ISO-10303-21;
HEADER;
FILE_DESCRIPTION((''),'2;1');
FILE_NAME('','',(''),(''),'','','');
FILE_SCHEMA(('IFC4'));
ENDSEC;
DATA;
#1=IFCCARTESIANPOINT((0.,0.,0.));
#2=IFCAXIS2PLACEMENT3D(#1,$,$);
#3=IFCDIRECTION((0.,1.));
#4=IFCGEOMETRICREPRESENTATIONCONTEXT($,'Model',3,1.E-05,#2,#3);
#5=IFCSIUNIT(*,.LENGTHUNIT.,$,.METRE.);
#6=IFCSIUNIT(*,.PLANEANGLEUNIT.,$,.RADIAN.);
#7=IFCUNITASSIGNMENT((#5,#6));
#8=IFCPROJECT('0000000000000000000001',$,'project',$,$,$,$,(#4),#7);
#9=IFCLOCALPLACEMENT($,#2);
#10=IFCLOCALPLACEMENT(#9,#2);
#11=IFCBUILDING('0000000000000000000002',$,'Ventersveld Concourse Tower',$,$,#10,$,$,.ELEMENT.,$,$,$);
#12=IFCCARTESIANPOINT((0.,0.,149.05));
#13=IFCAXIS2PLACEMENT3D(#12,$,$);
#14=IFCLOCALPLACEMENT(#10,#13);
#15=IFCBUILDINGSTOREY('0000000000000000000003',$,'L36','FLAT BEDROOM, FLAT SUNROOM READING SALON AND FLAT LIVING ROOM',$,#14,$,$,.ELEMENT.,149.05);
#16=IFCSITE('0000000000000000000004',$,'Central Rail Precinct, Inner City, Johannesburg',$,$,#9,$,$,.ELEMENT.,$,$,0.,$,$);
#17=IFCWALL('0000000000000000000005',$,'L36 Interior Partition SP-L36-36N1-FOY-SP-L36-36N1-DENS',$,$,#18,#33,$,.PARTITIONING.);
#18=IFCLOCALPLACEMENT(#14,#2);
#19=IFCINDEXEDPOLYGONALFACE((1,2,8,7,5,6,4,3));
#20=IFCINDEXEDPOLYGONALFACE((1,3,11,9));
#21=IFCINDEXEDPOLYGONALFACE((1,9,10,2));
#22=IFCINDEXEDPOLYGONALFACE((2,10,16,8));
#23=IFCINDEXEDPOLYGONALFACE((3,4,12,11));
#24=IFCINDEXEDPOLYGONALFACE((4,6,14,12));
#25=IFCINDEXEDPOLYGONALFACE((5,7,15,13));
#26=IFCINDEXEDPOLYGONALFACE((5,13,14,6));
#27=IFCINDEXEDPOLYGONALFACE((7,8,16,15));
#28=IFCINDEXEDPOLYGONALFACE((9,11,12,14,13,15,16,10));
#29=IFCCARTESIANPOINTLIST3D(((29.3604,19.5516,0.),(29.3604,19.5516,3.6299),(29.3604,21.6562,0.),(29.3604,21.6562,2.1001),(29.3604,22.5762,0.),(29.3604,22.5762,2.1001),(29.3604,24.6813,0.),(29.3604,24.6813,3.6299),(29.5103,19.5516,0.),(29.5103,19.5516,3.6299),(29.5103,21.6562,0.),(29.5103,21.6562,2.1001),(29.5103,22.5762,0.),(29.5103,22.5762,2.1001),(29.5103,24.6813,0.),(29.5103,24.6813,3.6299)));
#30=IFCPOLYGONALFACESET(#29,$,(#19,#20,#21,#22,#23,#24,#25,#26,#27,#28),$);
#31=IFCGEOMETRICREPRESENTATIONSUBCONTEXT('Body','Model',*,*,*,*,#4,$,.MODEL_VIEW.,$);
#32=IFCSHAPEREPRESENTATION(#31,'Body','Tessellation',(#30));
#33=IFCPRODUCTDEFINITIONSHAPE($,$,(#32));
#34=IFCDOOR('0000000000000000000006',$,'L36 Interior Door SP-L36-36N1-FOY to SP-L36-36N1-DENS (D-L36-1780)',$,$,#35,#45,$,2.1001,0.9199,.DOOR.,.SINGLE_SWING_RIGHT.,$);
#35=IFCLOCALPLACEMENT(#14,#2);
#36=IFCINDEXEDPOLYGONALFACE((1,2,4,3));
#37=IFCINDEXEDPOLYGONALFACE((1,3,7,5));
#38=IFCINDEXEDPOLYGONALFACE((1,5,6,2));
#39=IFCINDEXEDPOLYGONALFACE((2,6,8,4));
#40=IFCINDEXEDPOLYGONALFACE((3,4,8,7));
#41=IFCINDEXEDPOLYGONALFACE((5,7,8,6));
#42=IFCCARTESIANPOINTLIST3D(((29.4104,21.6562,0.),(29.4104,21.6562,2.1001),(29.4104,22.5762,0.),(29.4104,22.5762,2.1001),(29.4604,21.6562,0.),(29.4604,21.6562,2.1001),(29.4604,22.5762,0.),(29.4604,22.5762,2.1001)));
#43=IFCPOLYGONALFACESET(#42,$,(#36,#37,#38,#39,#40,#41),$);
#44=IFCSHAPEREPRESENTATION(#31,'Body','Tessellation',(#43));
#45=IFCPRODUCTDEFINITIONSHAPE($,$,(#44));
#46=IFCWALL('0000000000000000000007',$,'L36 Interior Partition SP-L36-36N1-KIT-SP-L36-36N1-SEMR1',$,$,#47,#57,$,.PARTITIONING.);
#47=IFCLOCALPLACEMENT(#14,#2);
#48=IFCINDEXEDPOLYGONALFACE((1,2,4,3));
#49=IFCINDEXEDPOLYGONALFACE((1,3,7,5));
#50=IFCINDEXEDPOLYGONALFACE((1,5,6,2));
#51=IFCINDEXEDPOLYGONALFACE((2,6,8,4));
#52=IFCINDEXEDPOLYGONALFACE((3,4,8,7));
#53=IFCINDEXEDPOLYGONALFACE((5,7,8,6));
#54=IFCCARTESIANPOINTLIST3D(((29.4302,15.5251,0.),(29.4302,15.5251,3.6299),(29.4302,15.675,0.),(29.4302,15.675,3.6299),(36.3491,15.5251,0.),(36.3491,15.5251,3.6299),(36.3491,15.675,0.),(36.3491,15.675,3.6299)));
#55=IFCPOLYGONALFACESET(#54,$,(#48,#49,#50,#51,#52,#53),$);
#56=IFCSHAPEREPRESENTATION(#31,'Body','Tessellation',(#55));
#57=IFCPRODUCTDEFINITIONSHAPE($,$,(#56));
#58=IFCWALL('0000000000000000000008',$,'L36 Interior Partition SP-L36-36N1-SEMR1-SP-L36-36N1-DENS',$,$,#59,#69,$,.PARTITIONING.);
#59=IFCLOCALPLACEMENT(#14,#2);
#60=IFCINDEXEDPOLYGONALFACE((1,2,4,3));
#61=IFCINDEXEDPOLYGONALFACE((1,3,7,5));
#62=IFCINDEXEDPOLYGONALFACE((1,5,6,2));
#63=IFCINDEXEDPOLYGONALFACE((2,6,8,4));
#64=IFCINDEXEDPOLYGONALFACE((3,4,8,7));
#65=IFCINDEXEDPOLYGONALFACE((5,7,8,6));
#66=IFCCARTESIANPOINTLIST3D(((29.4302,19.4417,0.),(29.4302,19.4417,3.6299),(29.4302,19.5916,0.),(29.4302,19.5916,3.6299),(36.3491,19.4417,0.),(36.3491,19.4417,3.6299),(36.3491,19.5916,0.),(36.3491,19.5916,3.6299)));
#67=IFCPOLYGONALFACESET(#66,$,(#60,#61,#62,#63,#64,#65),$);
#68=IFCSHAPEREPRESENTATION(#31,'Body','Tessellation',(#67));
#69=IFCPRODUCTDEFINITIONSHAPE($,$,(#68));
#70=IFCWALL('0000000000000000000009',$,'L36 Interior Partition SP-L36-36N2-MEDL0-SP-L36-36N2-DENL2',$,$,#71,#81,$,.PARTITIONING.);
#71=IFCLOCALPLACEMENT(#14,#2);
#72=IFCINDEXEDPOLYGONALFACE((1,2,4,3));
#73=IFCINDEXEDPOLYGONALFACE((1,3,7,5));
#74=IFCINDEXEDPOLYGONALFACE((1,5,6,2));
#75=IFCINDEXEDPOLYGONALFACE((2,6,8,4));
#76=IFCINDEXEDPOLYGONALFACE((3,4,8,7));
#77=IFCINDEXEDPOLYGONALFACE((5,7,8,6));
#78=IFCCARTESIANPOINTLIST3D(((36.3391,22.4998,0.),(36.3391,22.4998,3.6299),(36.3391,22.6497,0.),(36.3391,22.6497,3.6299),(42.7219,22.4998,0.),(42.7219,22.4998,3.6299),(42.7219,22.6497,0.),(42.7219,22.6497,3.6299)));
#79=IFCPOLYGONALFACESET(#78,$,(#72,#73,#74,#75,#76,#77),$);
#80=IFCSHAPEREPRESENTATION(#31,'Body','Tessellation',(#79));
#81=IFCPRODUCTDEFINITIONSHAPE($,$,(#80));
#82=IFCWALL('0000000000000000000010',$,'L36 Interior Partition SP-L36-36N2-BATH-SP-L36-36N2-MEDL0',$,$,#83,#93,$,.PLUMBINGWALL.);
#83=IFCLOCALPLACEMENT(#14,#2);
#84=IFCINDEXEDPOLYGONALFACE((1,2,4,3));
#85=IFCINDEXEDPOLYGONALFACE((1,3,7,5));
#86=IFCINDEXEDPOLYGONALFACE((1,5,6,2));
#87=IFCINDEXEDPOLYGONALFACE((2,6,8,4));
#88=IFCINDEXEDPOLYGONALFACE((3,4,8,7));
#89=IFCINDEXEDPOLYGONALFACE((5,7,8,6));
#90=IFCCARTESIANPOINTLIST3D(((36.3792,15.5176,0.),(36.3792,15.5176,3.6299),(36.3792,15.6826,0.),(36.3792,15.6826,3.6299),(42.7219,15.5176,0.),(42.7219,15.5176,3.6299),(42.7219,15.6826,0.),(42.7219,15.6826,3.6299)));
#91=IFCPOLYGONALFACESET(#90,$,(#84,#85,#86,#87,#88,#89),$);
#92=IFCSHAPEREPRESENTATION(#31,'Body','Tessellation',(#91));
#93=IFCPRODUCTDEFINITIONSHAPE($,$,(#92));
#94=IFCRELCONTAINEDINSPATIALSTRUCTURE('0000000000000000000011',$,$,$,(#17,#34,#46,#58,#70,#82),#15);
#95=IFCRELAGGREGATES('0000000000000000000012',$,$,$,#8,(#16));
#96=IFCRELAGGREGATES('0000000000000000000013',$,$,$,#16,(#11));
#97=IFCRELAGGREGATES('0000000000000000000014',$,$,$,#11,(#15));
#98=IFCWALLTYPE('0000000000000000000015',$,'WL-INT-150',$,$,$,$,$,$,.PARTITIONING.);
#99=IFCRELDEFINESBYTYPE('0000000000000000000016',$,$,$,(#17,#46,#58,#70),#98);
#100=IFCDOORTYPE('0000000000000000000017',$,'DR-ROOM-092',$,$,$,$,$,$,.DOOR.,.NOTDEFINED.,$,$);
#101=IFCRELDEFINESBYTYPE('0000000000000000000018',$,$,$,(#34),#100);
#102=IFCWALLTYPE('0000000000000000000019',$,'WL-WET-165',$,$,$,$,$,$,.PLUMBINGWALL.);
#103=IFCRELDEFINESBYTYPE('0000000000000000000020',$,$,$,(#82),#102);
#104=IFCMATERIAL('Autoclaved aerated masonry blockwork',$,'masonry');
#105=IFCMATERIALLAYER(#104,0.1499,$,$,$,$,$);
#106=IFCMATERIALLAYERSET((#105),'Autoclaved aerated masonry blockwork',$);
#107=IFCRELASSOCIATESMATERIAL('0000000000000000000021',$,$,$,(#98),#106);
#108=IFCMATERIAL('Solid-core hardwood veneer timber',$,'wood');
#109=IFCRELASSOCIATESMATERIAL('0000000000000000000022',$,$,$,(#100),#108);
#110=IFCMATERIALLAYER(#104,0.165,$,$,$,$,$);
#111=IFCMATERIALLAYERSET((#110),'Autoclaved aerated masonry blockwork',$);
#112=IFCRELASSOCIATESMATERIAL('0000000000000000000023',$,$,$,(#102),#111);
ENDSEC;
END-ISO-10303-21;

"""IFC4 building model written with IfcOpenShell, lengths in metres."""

from ifc_helpers import new_model, si_unit, direction, frame, frame_2d, origin, place, context, subcontext, project, spatial, rectangle, extrude, material, layer, layer_set, type_object, element, fill, save


model = new_model("IFC4")

# Units and contexts
model_context = context("Model", 3, precision=1e-05, world=origin(), true_north=direction((0.0, 1.0)))
body_context = subcontext(model_context, "Body", "Model", "MODEL_VIEW")
ifc_project = project(units=[si_unit("LENGTHUNIT", "METRE"), si_unit("PLANEANGLEUNIT", "RADIAN")], contexts=[model_context])

# Site, building, storey
site_placement = place(None, origin())
site = spatial("IfcSite", under=ifc_project, at=site_placement, Name="Central Rail Precinct, Inner City, Johannesburg", CompositionType="ELEMENT", RefElevation=0.0)
building_placement = place(site_placement, origin())
building = spatial("IfcBuilding", under=site, at=building_placement, Name="Ventersveld Concourse Tower", CompositionType="ELEMENT")
storey_placement = place(building_placement, frame((0.0, 0.0, 149.05)))
storey = spatial("IfcBuildingStorey", under=building, at=storey_placement, Name="L36", Description="FLAT BEDROOM, FLAT SUNROOM READING SALON AND FLAT LIVING ROOM", CompositionType="ELEMENT", Elevation=149.05)

# Wall, opening, door
ifc_material_1 = material(Name="Autoclaved aerated masonry blockwork", Category="masonry")
ifc_layer_1 = layer(ifc_material_1, 0.1499)
ifc_layer_set_1 = layer_set([ifc_layer_1], Name="Autoclaved aerated masonry blockwork")
wall_type_1 = type_object("IfcWallType", Name="WL-INT-150", PredefinedType="PARTITIONING", material=ifc_layer_set_1)
ifc_material_2 = material(Name="Solid-core hardwood veneer timber", Category="wood")
door_type = type_object("IfcDoorType", Name="DR-ROOM-092", OperationType="NOTDEFINED", PredefinedType="DOOR", material=ifc_material_2)
wall_1_placement = place(storey_placement, frame((29.4353, 19.5515, 0.0), z_axis=(0.0, 0.0, 1.0), x_axis=(0.0, 1.0, 0.0)))
wall_1 = element("IfcWall", 1, at=wall_1_placement, inside=storey, type_object=wall_type_1, Name="L36 Interior Partition SP-L36-36N1-FOY-SP-L36-36N1-DENS", PredefinedType="PARTITIONING", context=body_context, shape_type="SweptSolid", body=[
    extrude(rectangle(XDim=5.1296, YDim=0.1499, at=frame_2d((2.5649, 0.0))), origin(), (0.0, 0.0, 1.0), 3.6299),
])
opening_1_placement = place(wall_1_placement, frame((2.1047, 0.0, 0.0)))
opening_1 = element("IfcOpeningElement", 2, at=opening_1_placement, cuts=wall_1, PredefinedType="OPENING", context=body_context, shape_type="SweptSolid", body=[
    extrude(rectangle(XDim=0.9199, YDim=2.1001, at=frame_2d((0.46, 1.05))), frame((0.0, 0.085, 0.0), z_axis=(0.0, -1.0, 0.0), x_axis=(1.0, 0.0, 0.0)), (0.0, 0.0, 1.0), 0.1699),
])
door_1_placement = place(opening_1_placement, origin())
door_1 = element("IfcDoor", 3, at=door_1_placement, inside=storey, type_object=door_type, Name="L36 Interior Door SP-L36-36N1-FOY to SP-L36-36N1-DENS (D-L36-1780)", OperationType="SINGLE_SWING_RIGHT", OverallHeight=2.1001, OverallWidth=0.9199, PredefinedType="DOOR", context=body_context, shape_type="SweptSolid", body=[
    extrude(rectangle(XDim=0.9199, YDim=2.1001, at=frame_2d((0.46, 1.05))), frame((0.0, 0.0249, 0.0), z_axis=(0.0, -1.0, 0.0), x_axis=(1.0, 0.0, 0.0)), (0.0, 0.0, 1.0), 0.05),
])
fill(opening_1, door_1)

# Walls
for number, where, z_axis, x_axis, name in (
    (4, (29.4302, 15.6001, 0.0), (0.0, 0.0, 1.0), (1.0, 0.0, 0.0), "L36 Interior Partition SP-L36-36N1-KIT-SP-L36-36N1-SEMR1"),
    (5, (29.4302, 19.5166, 0.0), (0.0, 0.0, 1.0), (1.0, 0.0, 0.0), "L36 Interior Partition SP-L36-36N1-SEMR1-SP-L36-36N1-DENS"),
):
    element("IfcWall", number, at=place(storey_placement, frame(where, z_axis=z_axis, x_axis=x_axis)), inside=storey, type_object=wall_type_1, Name=name, PredefinedType="PARTITIONING", context=body_context, shape_type="SweptSolid", body=[
        extrude(rectangle(XDim=6.9189, YDim=0.1499, at=frame_2d((3.4595, 0.0))), origin(), (0.0, 0.0, 1.0), 3.6299),
    ])
wall_2_placement = place(storey_placement, frame((36.3391, 22.5747, 0.0), z_axis=(0.0, 0.0, 1.0), x_axis=(1.0, 0.0, 0.0)))
element("IfcWall", 6, at=wall_2_placement, inside=storey, type_object=wall_type_1, Name="L36 Interior Partition SP-L36-36N2-MEDL0-SP-L36-36N2-DENL2", PredefinedType="PARTITIONING", context=body_context, shape_type="SweptSolid", body=[
    extrude(rectangle(XDim=6.3828, YDim=0.1499, at=frame_2d((3.1914, 0.0))), origin(), (0.0, 0.0, 1.0), 3.6299),
])
ifc_layer_2 = layer(ifc_material_1, 0.165)
ifc_layer_set_2 = layer_set([ifc_layer_2], Name="Autoclaved aerated masonry blockwork")
wall_type_2 = type_object("IfcWallType", Name="WL-WET-165", PredefinedType="PLUMBINGWALL", material=ifc_layer_set_2)
wall_3_placement = place(storey_placement, frame((36.3792, 15.6001, 0.0), z_axis=(0.0, 0.0, 1.0), x_axis=(1.0, 0.0, 0.0)))
element("IfcWall", 7, at=wall_3_placement, inside=storey, type_object=wall_type_2, Name="L36 Interior Partition SP-L36-36N2-BATH-SP-L36-36N2-MEDL0", PredefinedType="PLUMBINGWALL", context=body_context, shape_type="SweptSolid", body=[
    extrude(rectangle(XDim=6.3428, YDim=0.165, at=frame_2d((3.1714, 0.0))), origin(), (0.0, 0.0, 1.0), 3.6299),
])

save(model, "model.ifc")
